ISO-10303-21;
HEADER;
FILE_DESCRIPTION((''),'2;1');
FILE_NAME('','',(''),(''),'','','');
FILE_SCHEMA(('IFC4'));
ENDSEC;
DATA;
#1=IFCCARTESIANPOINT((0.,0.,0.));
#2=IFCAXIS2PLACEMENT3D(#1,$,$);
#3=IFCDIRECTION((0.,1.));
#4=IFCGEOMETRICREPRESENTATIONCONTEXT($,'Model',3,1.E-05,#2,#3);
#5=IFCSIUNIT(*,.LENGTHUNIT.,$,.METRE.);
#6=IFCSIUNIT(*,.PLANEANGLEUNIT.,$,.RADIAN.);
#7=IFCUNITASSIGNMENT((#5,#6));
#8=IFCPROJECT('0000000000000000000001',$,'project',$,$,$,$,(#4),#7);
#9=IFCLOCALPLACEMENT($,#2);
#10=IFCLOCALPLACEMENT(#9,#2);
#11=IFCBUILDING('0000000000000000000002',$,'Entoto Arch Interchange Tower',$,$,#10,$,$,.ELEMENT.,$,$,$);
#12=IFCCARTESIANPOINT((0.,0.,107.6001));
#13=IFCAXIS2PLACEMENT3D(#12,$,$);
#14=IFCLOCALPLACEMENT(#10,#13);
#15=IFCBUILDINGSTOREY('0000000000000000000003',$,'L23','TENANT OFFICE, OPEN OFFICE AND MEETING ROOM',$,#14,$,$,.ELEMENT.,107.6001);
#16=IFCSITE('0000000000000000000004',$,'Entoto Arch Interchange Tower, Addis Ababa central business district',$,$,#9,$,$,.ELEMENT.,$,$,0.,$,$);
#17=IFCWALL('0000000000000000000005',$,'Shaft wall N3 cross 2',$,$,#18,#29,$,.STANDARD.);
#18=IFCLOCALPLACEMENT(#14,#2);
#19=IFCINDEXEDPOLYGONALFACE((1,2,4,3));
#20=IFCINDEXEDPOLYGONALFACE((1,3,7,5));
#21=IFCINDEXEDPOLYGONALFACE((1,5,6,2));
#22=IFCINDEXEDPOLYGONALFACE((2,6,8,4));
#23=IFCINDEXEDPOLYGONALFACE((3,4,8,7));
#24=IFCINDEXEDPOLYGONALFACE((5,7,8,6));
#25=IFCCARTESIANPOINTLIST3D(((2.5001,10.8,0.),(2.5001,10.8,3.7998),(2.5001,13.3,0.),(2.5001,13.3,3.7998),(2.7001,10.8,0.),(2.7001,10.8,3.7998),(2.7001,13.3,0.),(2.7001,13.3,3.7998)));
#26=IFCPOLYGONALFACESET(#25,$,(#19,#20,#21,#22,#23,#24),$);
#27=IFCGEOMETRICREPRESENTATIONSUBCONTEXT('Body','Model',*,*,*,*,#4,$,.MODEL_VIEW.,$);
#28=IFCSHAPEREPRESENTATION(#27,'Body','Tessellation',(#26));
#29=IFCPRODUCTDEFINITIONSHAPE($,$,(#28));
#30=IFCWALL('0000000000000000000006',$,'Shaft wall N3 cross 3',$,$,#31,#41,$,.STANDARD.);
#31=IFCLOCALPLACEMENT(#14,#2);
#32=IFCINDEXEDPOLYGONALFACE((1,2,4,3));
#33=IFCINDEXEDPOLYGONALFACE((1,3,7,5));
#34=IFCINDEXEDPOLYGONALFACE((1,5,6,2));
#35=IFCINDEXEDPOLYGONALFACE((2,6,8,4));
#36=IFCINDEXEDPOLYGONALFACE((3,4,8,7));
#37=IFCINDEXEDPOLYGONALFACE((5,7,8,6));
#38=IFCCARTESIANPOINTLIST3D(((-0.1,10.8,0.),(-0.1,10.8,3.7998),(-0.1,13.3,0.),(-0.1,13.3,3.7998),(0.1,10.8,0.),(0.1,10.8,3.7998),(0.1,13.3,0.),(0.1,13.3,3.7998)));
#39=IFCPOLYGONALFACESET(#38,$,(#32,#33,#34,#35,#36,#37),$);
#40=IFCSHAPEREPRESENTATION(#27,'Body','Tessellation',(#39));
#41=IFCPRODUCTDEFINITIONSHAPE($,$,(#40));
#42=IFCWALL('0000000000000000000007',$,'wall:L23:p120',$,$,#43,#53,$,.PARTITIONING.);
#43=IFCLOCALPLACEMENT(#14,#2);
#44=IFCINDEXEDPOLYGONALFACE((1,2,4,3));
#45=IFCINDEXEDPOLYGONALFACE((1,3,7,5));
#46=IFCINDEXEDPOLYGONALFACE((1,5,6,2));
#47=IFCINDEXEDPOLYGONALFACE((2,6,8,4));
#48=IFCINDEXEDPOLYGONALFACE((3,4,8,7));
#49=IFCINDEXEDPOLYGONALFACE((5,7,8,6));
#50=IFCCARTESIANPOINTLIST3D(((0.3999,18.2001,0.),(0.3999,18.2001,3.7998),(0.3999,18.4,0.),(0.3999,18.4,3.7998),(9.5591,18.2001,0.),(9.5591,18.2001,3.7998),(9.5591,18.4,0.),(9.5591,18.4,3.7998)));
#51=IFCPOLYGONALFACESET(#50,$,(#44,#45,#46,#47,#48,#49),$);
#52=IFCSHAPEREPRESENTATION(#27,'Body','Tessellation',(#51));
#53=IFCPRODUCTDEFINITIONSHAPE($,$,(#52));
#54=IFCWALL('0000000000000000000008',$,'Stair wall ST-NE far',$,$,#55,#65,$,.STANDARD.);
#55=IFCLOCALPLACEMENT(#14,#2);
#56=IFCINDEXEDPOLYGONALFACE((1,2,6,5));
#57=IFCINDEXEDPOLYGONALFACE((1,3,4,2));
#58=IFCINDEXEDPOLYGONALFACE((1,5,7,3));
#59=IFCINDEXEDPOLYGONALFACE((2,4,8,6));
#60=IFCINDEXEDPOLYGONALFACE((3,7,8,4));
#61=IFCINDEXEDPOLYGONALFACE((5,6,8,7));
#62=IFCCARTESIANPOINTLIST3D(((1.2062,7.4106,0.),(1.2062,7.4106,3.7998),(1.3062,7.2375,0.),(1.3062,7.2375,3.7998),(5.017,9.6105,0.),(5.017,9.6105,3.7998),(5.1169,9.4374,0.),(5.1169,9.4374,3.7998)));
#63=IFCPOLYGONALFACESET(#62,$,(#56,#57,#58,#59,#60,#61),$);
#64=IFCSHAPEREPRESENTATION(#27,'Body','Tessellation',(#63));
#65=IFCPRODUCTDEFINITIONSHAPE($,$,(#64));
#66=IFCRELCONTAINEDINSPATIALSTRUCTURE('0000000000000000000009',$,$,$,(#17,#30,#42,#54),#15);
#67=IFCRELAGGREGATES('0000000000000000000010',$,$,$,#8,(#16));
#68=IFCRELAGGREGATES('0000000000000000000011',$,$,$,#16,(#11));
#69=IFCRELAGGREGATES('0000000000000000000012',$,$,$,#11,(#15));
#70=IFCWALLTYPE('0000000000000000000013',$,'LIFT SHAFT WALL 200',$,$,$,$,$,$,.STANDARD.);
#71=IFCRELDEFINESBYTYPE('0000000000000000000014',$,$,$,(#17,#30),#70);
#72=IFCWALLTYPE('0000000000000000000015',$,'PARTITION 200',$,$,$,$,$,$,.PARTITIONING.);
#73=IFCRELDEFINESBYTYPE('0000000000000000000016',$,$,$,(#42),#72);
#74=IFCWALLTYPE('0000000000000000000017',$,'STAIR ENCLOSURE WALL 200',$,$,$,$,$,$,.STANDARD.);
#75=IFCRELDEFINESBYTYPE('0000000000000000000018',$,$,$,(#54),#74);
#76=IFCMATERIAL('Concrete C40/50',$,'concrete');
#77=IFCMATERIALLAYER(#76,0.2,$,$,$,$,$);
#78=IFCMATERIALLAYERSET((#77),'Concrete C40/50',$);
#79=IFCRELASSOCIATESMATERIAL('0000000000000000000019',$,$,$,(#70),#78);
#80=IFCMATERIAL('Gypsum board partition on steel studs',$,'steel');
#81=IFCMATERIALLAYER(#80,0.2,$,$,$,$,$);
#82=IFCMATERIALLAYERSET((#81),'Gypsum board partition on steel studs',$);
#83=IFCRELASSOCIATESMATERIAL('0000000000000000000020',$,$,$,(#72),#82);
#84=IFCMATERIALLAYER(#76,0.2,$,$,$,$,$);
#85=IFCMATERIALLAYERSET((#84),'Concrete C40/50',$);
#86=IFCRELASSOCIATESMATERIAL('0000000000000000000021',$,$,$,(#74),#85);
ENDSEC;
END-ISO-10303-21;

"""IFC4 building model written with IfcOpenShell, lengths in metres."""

from ifc_helpers import new_model, si_unit, direction, frame, frame_2d, origin, place, context, subcontext, project, spatial, rectangle, extrude, material, layer, layer_set, type_object, element, save


model = new_model("IFC4")

# Units and contexts
model_context = context("Model", 3, precision=1e-05, world=origin(), true_north=direction((0.0, 1.0)))
body_context = subcontext(model_context, "Body", "Model", "MODEL_VIEW")
ifc_project = project(units=[si_unit("LENGTHUNIT", "METRE"), si_unit("PLANEANGLEUNIT", "RADIAN")], contexts=[model_context])

# Site, building, storey
site_placement = place(None, origin())
site = spatial("IfcSite", under=ifc_project, at=site_placement, Name="Entoto Arch Interchange Tower, Addis Ababa central business district", CompositionType="ELEMENT", RefElevation=0.0)
building_placement = place(site_placement, origin())
building = spatial("IfcBuilding", under=site, at=building_placement, Name="Entoto Arch Interchange Tower", CompositionType="ELEMENT")
storey_placement = place(building_placement, frame((0.0, 0.0, 107.6001)))
storey = spatial("IfcBuildingStorey", under=building, at=storey_placement, Name="L23", Description="TENANT OFFICE, OPEN OFFICE AND MEETING ROOM", CompositionType="ELEMENT", Elevation=107.6001)

# Shared definitions
ifc_material_1 = material(Name="Concrete C40/50", Category="concrete")

# Walls
ifc_layer_1 = layer(ifc_material_1, 0.2)
ifc_layer_set_1 = layer_set([ifc_layer_1], Name="Concrete C40/50")
wall_type_1 = type_object("IfcWallType", Name="LIFT SHAFT WALL 200", PredefinedType="STANDARD", material=ifc_layer_set_1)
for number, where, z_axis, x_axis, name in (
    (1, (2.6001, 10.8, 0.0), (0.0, 0.0, 1.0), (0.0, 1.0, 0.0), "Shaft wall N3 cross 2"),
    (2, (0.0, 10.8, 0.0), (0.0, 0.0, 1.0), (0.0, 1.0, 0.0), "Shaft wall N3 cross 3"),
):
    element("IfcWall", number, at=place(storey_placement, frame(where, z_axis=z_axis, x_axis=x_axis)), inside=storey, type_object=wall_type_1, Name=name, PredefinedType="STANDARD", context=body_context, shape_type="SweptSolid", body=[
        extrude(rectangle(XDim=2.5, YDim=0.2, at=frame_2d((1.25, 0.0))), origin(), (0.0, 0.0, 1.0), 3.7998),
    ])
ifc_material_2 = material(Name="Gypsum board partition on steel studs", Category="steel")
ifc_layer_2 = layer(ifc_material_2, 0.2)
ifc_layer_set_2 = layer_set([ifc_layer_2], Name="Gypsum board partition on steel studs")
wall_type_2 = type_object("IfcWallType", Name="PARTITION 200", PredefinedType="PARTITIONING", material=ifc_layer_set_2)
wall_1_placement = place(storey_placement, frame((0.3999, 18.3, 0.0), z_axis=(0.0, 0.0, 1.0), x_axis=(1.0, 0.0, 0.0)))
element("IfcWall", 3, at=wall_1_placement, inside=storey, type_object=wall_type_2, Name="wall:L23:p120", PredefinedType="PARTITIONING", context=body_context, shape_type="SweptSolid", body=[
    extrude(rectangle(XDim=9.1592, YDim=0.2, at=frame_2d((4.5796, 0.0))), origin(), (0.0, 0.0, 1.0), 3.7998),
])
ifc_layer_3 = layer(ifc_material_1, 0.2)
ifc_layer_set_3 = layer_set([ifc_layer_3], Name="Concrete C40/50")
wall_type_3 = type_object("IfcWallType", Name="STAIR ENCLOSURE WALL 200", PredefinedType="STANDARD", material=ifc_layer_set_3)
wall_2_placement = place(storey_placement, frame((1.2561, 7.324, 0.0), z_axis=(0.0, 0.0, 1.0), x_axis=(0.866046, 0.499964, 0.0)))
element("IfcWall", 4, at=wall_2_placement, inside=storey, type_object=wall_type_3, Name="Stair wall ST-NE far", PredefinedType="STANDARD", context=body_context, shape_type="SweptSolid", body=[
    extrude(rectangle(XDim=4.4001, YDim=0.2, at=frame_2d((2.2002, 0.0))), origin(), (0.0, 0.0, 1.0), 3.7998),
])

save(model, "model.ifc")
